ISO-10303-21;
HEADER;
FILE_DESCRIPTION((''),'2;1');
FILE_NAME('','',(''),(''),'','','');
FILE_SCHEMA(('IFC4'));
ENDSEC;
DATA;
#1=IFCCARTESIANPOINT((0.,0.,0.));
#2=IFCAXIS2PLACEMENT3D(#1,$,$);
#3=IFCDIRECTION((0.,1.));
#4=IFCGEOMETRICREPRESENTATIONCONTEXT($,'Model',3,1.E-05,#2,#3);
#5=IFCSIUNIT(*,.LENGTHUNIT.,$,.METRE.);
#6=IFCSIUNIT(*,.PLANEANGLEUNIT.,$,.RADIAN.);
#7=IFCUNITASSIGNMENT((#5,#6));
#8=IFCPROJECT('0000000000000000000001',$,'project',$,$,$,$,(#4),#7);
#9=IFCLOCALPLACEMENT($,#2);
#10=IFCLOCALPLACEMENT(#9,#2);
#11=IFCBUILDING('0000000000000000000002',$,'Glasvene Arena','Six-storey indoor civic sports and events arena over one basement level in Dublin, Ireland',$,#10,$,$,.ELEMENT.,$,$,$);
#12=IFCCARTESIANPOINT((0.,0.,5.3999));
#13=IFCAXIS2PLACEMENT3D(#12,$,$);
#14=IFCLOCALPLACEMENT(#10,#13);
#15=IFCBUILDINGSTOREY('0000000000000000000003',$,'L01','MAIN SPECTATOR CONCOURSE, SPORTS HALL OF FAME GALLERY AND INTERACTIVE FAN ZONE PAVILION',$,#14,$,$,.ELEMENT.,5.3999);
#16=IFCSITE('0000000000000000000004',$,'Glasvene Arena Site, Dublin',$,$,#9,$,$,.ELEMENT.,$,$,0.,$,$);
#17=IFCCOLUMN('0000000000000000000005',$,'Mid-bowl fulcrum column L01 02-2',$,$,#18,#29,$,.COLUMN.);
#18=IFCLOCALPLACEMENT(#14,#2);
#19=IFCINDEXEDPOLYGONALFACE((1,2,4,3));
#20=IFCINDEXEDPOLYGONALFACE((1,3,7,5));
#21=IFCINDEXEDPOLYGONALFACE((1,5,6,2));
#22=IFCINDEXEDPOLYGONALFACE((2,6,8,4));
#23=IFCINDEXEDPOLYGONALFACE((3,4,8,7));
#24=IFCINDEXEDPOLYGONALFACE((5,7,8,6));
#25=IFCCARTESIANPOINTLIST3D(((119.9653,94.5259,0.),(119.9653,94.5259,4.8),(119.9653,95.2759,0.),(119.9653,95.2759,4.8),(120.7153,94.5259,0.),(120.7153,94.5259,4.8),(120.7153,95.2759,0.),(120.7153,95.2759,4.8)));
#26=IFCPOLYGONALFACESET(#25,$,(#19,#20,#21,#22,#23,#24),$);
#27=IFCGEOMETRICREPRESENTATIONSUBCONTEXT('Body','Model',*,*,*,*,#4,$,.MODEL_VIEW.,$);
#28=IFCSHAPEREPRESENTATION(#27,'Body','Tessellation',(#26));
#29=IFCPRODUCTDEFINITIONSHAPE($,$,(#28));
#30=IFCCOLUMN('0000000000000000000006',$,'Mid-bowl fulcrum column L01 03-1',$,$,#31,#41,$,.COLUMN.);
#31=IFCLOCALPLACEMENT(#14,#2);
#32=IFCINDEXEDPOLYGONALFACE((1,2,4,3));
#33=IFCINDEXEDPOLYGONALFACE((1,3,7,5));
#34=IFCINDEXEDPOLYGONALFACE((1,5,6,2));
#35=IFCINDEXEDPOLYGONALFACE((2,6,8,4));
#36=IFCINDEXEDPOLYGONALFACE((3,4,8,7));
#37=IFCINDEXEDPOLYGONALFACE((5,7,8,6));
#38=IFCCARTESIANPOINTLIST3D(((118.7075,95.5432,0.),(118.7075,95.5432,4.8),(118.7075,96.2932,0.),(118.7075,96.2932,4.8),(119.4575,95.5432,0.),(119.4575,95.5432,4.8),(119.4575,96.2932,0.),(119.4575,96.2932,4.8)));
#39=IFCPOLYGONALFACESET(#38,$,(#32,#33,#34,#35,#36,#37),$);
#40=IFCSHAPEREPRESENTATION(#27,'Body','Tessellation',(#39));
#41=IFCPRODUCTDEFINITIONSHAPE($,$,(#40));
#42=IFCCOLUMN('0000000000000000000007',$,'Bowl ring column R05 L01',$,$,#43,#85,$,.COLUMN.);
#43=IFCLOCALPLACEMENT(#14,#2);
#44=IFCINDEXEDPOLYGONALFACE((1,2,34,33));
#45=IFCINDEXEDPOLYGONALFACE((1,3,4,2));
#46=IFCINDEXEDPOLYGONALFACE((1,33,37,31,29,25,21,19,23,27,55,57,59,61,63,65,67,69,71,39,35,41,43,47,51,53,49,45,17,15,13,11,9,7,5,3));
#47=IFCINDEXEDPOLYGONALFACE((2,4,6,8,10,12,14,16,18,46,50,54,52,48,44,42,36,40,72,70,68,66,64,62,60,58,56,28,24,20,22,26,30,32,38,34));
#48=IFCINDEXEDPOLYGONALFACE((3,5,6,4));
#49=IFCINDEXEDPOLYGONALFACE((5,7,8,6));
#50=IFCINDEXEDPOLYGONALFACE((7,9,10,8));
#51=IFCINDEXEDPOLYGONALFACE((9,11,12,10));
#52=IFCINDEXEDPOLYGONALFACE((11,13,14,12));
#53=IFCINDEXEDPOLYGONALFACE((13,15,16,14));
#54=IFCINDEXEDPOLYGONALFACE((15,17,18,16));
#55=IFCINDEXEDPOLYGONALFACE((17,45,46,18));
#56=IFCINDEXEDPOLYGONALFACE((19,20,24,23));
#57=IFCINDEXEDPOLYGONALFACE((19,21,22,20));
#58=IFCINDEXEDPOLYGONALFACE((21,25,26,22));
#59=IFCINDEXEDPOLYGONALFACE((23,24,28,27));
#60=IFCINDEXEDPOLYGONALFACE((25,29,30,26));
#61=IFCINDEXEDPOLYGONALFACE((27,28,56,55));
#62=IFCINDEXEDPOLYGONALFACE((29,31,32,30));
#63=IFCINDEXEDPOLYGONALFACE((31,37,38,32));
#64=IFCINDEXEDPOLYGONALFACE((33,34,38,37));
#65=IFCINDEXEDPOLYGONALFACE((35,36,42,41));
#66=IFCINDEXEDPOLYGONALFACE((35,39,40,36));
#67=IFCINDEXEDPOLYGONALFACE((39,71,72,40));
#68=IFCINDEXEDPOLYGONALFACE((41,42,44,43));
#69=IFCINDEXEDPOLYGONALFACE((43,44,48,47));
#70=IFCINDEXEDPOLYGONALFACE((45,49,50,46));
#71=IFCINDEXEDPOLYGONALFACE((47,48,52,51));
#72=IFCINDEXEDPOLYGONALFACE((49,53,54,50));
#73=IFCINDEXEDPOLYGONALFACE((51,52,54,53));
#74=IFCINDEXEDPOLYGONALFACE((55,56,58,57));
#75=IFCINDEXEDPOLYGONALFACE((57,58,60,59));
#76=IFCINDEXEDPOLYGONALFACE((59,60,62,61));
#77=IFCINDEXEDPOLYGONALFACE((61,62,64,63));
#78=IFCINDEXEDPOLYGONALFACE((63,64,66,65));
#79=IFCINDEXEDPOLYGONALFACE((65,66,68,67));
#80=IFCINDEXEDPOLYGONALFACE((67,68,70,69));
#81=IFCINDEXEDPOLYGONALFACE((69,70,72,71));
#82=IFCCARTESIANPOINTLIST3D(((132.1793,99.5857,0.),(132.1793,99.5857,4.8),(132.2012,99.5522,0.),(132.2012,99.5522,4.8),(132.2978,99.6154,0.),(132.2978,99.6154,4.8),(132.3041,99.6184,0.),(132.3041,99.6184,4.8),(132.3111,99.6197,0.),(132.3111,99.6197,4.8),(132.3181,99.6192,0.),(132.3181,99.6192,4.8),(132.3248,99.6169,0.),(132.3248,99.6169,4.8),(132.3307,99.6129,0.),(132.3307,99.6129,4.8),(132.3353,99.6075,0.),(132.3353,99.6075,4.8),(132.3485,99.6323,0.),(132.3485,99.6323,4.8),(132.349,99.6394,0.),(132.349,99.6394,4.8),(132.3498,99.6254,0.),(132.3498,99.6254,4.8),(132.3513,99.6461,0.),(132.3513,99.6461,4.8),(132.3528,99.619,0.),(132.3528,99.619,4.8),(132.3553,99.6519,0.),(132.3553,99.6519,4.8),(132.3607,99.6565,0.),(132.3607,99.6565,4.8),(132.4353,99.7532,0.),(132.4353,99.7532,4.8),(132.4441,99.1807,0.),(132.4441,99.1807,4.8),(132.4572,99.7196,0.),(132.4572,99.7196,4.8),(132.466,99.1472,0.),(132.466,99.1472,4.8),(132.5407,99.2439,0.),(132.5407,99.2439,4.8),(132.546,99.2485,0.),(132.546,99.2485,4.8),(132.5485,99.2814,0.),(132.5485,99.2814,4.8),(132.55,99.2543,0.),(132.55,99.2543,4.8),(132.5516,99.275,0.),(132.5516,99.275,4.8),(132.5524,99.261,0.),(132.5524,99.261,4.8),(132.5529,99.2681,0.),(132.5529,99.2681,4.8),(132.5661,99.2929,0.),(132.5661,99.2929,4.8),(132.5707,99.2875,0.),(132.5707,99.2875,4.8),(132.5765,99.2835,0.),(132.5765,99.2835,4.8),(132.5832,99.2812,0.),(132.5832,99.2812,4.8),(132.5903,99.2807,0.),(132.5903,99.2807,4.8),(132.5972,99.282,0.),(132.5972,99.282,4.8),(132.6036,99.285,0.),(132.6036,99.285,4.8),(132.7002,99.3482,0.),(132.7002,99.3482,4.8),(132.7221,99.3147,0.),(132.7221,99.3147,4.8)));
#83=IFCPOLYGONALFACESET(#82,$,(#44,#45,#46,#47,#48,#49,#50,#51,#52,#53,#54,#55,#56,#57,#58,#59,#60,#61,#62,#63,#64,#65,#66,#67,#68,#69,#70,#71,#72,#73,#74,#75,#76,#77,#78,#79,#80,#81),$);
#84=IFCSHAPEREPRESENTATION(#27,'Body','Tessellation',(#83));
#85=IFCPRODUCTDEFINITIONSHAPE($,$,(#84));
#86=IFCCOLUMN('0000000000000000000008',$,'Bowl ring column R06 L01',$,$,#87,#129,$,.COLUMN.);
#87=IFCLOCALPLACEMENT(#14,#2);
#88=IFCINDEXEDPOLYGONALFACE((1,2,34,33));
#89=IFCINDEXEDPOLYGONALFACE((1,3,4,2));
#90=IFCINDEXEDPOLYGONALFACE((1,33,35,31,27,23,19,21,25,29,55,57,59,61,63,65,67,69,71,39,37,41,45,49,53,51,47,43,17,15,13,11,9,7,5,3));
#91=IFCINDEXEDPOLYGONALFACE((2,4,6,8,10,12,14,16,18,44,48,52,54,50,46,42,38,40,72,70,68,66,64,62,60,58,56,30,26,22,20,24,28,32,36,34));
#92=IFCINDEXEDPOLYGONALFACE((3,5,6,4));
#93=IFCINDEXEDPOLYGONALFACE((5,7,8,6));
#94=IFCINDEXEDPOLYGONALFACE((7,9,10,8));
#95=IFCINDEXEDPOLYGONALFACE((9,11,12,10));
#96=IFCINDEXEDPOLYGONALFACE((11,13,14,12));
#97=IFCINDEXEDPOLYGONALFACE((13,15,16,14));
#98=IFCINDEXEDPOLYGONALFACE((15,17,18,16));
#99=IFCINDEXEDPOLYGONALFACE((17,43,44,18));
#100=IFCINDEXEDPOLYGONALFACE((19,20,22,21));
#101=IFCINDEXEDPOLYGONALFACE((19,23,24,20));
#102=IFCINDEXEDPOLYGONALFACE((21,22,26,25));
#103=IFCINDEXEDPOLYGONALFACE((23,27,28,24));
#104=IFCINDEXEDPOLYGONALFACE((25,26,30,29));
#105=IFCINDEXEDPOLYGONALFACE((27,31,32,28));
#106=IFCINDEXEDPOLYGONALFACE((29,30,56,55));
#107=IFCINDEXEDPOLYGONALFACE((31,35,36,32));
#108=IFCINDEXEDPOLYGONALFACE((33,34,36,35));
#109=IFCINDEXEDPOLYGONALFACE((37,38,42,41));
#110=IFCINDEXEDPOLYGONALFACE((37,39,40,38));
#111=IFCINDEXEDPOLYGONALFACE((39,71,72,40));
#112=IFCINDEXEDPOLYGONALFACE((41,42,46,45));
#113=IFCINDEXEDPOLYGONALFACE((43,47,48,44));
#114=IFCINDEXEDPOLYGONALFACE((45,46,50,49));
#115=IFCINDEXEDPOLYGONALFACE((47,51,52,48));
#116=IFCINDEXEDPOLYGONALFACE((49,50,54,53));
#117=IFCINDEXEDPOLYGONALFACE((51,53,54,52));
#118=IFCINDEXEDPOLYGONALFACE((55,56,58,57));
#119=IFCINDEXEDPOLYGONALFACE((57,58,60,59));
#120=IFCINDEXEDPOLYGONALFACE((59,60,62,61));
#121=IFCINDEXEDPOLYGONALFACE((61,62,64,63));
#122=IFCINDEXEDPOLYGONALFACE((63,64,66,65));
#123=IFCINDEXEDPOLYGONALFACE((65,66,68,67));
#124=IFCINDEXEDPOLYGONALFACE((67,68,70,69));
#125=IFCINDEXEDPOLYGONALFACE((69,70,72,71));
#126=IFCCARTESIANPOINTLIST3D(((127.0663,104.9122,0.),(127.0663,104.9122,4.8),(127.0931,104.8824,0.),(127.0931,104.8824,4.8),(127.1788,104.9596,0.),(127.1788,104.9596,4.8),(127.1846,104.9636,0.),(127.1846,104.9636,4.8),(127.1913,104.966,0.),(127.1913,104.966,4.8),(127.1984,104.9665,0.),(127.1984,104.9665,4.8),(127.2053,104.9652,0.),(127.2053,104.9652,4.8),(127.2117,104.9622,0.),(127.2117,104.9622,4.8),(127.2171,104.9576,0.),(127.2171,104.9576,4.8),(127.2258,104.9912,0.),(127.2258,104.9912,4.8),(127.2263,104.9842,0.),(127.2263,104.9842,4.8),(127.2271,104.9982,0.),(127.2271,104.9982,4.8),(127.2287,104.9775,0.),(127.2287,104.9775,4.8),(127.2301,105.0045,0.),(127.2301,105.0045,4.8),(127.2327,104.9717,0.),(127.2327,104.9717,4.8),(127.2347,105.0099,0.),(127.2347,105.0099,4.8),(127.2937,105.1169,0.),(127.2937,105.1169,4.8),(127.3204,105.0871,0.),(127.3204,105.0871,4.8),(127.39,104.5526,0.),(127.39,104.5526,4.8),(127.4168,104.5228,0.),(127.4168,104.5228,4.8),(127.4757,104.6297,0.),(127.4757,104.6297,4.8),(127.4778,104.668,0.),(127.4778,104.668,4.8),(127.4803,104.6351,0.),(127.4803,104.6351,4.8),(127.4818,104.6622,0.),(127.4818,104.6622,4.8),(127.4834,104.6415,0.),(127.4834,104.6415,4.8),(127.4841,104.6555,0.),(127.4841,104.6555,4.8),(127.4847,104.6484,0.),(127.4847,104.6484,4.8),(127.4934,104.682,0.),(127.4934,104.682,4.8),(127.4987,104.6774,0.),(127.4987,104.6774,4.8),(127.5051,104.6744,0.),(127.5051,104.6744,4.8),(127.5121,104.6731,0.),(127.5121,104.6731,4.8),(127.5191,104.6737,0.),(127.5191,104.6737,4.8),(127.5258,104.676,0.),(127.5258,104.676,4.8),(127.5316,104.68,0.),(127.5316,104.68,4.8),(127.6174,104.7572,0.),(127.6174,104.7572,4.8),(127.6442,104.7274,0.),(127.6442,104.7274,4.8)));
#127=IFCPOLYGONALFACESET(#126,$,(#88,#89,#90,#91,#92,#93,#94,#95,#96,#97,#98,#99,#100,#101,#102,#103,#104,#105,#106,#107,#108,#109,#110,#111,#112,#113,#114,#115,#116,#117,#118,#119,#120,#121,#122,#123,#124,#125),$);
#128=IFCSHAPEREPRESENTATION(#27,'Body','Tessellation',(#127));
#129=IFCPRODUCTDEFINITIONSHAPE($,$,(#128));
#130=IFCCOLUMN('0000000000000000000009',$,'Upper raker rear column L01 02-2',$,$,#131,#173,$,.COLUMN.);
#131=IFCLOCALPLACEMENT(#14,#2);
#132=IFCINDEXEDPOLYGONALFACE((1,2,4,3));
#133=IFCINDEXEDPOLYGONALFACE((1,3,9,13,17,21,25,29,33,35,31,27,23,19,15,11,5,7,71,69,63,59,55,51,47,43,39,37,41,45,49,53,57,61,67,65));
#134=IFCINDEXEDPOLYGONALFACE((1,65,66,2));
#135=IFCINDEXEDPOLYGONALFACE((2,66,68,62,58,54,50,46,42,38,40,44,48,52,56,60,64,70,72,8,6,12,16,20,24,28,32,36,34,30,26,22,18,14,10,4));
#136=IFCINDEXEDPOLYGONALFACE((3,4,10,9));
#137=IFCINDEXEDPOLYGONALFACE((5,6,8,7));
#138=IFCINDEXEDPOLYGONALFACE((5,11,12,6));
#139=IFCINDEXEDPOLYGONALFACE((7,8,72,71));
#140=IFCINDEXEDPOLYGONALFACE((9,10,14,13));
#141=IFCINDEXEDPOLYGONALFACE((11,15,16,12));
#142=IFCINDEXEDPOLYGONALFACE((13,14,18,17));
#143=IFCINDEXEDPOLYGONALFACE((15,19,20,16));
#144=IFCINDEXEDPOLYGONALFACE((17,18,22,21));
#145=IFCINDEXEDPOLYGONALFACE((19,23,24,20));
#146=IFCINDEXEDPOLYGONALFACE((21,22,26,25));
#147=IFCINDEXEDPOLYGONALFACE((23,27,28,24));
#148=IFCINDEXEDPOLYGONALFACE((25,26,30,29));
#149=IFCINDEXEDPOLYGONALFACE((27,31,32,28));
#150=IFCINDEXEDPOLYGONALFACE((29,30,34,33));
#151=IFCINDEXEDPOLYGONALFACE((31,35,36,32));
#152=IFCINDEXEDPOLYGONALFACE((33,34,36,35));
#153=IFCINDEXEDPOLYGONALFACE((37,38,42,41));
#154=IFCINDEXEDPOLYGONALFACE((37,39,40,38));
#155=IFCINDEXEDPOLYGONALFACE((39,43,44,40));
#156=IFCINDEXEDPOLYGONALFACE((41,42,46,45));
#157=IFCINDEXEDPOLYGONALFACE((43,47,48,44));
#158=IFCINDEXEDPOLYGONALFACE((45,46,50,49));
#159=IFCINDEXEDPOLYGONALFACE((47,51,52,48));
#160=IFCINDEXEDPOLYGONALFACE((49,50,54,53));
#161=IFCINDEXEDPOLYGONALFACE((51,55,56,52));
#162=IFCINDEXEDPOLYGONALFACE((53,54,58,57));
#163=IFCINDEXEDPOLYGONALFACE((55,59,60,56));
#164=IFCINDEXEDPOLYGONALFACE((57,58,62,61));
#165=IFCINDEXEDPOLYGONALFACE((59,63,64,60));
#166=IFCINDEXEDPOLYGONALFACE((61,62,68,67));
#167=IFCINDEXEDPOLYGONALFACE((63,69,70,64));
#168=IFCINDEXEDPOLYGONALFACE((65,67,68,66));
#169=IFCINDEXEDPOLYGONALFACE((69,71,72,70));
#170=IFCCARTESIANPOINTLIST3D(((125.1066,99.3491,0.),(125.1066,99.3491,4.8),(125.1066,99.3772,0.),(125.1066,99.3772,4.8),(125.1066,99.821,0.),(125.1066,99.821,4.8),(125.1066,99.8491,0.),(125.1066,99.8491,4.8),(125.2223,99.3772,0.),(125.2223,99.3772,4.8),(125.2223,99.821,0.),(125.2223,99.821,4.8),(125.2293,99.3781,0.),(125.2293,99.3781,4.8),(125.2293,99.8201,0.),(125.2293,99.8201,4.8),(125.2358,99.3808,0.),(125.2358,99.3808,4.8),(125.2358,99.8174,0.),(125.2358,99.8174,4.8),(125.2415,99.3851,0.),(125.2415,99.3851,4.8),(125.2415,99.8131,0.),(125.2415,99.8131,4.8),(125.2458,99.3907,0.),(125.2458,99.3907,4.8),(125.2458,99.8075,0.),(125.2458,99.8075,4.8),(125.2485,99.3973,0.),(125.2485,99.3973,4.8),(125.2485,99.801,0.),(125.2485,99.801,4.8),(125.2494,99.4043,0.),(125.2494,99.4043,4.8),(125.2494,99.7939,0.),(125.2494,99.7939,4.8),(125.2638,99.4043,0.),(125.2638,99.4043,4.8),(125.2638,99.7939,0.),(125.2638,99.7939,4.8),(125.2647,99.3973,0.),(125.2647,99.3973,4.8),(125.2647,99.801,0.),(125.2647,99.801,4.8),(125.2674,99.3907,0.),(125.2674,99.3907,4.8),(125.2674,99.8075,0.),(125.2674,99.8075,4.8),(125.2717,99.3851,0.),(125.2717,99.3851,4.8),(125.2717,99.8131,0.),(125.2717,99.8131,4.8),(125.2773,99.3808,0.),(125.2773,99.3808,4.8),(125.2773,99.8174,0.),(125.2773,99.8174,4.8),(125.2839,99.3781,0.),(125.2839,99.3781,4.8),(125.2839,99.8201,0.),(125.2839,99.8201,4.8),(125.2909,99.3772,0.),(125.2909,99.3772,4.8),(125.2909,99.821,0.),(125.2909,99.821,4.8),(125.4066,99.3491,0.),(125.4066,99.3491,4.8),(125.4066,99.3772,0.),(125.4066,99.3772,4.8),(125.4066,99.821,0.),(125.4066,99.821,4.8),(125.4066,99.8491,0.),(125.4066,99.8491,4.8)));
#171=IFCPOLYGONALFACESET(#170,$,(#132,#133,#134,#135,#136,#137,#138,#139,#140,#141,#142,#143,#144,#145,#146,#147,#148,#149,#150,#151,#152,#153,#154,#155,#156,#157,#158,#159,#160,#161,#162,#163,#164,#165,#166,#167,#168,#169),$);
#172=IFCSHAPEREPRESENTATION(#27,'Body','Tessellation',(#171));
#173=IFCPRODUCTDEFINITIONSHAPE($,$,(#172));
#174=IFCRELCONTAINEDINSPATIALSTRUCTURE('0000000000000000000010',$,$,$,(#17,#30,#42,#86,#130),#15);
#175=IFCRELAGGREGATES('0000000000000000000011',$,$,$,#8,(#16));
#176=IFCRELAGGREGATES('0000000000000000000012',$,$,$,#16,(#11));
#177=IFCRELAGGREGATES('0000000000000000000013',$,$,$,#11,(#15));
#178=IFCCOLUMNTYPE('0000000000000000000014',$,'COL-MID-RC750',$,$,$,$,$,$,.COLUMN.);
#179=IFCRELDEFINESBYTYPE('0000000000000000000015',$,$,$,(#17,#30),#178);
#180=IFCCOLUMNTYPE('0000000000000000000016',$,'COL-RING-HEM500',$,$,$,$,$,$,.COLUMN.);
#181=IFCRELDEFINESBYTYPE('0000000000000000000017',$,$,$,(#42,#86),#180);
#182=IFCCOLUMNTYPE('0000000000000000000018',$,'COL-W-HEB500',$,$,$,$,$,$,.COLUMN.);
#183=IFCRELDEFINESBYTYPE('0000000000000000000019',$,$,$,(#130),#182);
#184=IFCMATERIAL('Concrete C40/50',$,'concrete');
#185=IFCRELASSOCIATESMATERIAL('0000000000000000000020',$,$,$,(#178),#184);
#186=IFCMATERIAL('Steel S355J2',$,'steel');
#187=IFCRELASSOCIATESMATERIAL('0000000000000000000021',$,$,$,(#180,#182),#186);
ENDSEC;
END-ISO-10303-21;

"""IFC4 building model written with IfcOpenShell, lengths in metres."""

from ifc_helpers import new_model, si_unit, direction, frame, origin, origin_2d, place, context, subcontext, project, spatial, rectangle, i_section, extrude, material, material_profile, profile_set, type_object, element, save


model = new_model("IFC4")

# Units and contexts
model_context = context("Model", 3, precision=1e-05, world=origin(), true_north=direction((0.0, 1.0)))
body_context = subcontext(model_context, "Body", "Model", "MODEL_VIEW")
ifc_project = project(units=[si_unit("LENGTHUNIT", "METRE"), si_unit("PLANEANGLEUNIT", "RADIAN")], contexts=[model_context])

# Site, building, storey
site_placement = place(None, origin())
site = spatial("IfcSite", under=ifc_project, at=site_placement, Name="Glasvene Arena Site, Dublin", CompositionType="ELEMENT", RefElevation=0.0)
building_placement = place(site_placement, origin())
building = spatial("IfcBuilding", under=site, at=building_placement, Name="Glasvene Arena", Description="Six-storey indoor civic sports and events arena over one basement level in Dublin, Ireland", CompositionType="ELEMENT")
storey_placement = place(building_placement, frame((0.0, 0.0, 5.3999)))
storey = spatial("IfcBuildingStorey", under=building, at=storey_placement, Name="L01", Description="MAIN SPECTATOR CONCOURSE, SPORTS HALL OF FAME GALLERY AND INTERACTIVE FAN ZONE PAVILION", CompositionType="ELEMENT", Elevation=5.3999)

# Columns
ifc_material_1 = material(Name="Concrete C40/50", Category="concrete")
ifc_material_profile_1 = material_profile(ifc_material_1, rectangle(XDim=0.75, YDim=0.75, at=origin_2d()), Name="RC 750x750")
ifc_profile_set_1 = profile_set([ifc_material_profile_1], Name="Concrete C40/50")
column_type_1 = type_object("IfcColumnType", Name="COL-MID-RC750", PredefinedType="COLUMN", material=ifc_profile_set_1)
for number, where, z_axis, x_axis, name in (
    (1, (120.3403, 94.9009, 0.0), (0.0, 0.0, 1.0), (1.0, 0.0, 0.0), "Mid-bowl fulcrum column L01 02-2"),
    (2, (119.0825, 95.9182, 0.0), (0.0, 0.0, 1.0), (1.0, 0.0, 0.0), "Mid-bowl fulcrum column L01 03-1"),
):
    element("IfcColumn", number, at=place(storey_placement, frame(where, z_axis=z_axis, x_axis=x_axis)), inside=storey, type_object=column_type_1, Name=name, PredefinedType="COLUMN", context=body_context, shape_type="SweptSolid", body=[
        extrude(rectangle(XDim=0.75, YDim=0.75, at=origin_2d()), origin(), (0.0, 0.0, 1.0), 4.8),
    ])
ifc_material_2 = material(Name="Steel S355J2", Category="steel")
ifc_material_profile_2 = material_profile(ifc_material_2, i_section(OverallWidth=0.3059, OverallDepth=0.5239, WebThickness=0.021, FlangeThickness=0.04, FilletRadius=0.0271, at=origin_2d()), Name="HEM 500")
ifc_profile_set_2 = profile_set([ifc_material_profile_2], Name="Steel S355J2")
column_type_2 = type_object("IfcColumnType", Name="COL-RING-HEM500", PredefinedType="COLUMN", material=ifc_profile_set_2)
for number, where, z_axis, x_axis, name in (
    (3, (132.4507, 99.4502, 0.0), (0.0, 0.0, 1.0), (0.836955, 0.547271, 0.0), "Bowl ring column R05 L01"),
    (4, (127.3552, 104.8198, 0.0), (0.0, 0.0, 1.0), (0.743262, 0.669001, 0.0), "Bowl ring column R06 L01"),
):
    element("IfcColumn", number, at=place(storey_placement, frame(where, z_axis=z_axis, x_axis=x_axis)), inside=storey, type_object=column_type_2, Name=name, PredefinedType="COLUMN", context=body_context, shape_type="SweptSolid", body=[
        extrude(i_section(OverallWidth=0.3059, OverallDepth=0.5239, WebThickness=0.021, FlangeThickness=0.04, FilletRadius=0.0271, at=origin_2d()), origin(), (0.0, 0.0, 1.0), 4.8),
    ])
ifc_material_profile_3 = material_profile(ifc_material_2, i_section(OverallWidth=0.3, OverallDepth=0.5, WebThickness=0.0144, FlangeThickness=0.0281, FilletRadius=0.0271, at=origin_2d()), Name="HEB 500")
ifc_profile_set_3 = profile_set([ifc_material_profile_3], Name="Steel S355J2")
column_type_3 = type_object("IfcColumnType", Name="COL-W-HEB500", PredefinedType="COLUMN", material=ifc_profile_set_3)
for number, where, z_axis, x_axis, name in (
    (5, (125.2566, 99.5991, 0.0), (0.0, 0.0, 1.0), (1.0, 0.0, 0.0), "Upper raker rear column L01 02-2"),
):
    element("IfcColumn", number, at=place(storey_placement, frame(where, z_axis=z_axis, x_axis=x_axis)), inside=storey, type_object=column_type_3, Name=name, PredefinedType="COLUMN", context=body_context, shape_type="SweptSolid", body=[
        extrude(i_section(OverallWidth=0.3, OverallDepth=0.5, WebThickness=0.0144, FlangeThickness=0.0281, FilletRadius=0.0271, at=origin_2d()), origin(), (0.0, 0.0, 1.0), 4.8),
    ])

save(model, "model.ifc")
